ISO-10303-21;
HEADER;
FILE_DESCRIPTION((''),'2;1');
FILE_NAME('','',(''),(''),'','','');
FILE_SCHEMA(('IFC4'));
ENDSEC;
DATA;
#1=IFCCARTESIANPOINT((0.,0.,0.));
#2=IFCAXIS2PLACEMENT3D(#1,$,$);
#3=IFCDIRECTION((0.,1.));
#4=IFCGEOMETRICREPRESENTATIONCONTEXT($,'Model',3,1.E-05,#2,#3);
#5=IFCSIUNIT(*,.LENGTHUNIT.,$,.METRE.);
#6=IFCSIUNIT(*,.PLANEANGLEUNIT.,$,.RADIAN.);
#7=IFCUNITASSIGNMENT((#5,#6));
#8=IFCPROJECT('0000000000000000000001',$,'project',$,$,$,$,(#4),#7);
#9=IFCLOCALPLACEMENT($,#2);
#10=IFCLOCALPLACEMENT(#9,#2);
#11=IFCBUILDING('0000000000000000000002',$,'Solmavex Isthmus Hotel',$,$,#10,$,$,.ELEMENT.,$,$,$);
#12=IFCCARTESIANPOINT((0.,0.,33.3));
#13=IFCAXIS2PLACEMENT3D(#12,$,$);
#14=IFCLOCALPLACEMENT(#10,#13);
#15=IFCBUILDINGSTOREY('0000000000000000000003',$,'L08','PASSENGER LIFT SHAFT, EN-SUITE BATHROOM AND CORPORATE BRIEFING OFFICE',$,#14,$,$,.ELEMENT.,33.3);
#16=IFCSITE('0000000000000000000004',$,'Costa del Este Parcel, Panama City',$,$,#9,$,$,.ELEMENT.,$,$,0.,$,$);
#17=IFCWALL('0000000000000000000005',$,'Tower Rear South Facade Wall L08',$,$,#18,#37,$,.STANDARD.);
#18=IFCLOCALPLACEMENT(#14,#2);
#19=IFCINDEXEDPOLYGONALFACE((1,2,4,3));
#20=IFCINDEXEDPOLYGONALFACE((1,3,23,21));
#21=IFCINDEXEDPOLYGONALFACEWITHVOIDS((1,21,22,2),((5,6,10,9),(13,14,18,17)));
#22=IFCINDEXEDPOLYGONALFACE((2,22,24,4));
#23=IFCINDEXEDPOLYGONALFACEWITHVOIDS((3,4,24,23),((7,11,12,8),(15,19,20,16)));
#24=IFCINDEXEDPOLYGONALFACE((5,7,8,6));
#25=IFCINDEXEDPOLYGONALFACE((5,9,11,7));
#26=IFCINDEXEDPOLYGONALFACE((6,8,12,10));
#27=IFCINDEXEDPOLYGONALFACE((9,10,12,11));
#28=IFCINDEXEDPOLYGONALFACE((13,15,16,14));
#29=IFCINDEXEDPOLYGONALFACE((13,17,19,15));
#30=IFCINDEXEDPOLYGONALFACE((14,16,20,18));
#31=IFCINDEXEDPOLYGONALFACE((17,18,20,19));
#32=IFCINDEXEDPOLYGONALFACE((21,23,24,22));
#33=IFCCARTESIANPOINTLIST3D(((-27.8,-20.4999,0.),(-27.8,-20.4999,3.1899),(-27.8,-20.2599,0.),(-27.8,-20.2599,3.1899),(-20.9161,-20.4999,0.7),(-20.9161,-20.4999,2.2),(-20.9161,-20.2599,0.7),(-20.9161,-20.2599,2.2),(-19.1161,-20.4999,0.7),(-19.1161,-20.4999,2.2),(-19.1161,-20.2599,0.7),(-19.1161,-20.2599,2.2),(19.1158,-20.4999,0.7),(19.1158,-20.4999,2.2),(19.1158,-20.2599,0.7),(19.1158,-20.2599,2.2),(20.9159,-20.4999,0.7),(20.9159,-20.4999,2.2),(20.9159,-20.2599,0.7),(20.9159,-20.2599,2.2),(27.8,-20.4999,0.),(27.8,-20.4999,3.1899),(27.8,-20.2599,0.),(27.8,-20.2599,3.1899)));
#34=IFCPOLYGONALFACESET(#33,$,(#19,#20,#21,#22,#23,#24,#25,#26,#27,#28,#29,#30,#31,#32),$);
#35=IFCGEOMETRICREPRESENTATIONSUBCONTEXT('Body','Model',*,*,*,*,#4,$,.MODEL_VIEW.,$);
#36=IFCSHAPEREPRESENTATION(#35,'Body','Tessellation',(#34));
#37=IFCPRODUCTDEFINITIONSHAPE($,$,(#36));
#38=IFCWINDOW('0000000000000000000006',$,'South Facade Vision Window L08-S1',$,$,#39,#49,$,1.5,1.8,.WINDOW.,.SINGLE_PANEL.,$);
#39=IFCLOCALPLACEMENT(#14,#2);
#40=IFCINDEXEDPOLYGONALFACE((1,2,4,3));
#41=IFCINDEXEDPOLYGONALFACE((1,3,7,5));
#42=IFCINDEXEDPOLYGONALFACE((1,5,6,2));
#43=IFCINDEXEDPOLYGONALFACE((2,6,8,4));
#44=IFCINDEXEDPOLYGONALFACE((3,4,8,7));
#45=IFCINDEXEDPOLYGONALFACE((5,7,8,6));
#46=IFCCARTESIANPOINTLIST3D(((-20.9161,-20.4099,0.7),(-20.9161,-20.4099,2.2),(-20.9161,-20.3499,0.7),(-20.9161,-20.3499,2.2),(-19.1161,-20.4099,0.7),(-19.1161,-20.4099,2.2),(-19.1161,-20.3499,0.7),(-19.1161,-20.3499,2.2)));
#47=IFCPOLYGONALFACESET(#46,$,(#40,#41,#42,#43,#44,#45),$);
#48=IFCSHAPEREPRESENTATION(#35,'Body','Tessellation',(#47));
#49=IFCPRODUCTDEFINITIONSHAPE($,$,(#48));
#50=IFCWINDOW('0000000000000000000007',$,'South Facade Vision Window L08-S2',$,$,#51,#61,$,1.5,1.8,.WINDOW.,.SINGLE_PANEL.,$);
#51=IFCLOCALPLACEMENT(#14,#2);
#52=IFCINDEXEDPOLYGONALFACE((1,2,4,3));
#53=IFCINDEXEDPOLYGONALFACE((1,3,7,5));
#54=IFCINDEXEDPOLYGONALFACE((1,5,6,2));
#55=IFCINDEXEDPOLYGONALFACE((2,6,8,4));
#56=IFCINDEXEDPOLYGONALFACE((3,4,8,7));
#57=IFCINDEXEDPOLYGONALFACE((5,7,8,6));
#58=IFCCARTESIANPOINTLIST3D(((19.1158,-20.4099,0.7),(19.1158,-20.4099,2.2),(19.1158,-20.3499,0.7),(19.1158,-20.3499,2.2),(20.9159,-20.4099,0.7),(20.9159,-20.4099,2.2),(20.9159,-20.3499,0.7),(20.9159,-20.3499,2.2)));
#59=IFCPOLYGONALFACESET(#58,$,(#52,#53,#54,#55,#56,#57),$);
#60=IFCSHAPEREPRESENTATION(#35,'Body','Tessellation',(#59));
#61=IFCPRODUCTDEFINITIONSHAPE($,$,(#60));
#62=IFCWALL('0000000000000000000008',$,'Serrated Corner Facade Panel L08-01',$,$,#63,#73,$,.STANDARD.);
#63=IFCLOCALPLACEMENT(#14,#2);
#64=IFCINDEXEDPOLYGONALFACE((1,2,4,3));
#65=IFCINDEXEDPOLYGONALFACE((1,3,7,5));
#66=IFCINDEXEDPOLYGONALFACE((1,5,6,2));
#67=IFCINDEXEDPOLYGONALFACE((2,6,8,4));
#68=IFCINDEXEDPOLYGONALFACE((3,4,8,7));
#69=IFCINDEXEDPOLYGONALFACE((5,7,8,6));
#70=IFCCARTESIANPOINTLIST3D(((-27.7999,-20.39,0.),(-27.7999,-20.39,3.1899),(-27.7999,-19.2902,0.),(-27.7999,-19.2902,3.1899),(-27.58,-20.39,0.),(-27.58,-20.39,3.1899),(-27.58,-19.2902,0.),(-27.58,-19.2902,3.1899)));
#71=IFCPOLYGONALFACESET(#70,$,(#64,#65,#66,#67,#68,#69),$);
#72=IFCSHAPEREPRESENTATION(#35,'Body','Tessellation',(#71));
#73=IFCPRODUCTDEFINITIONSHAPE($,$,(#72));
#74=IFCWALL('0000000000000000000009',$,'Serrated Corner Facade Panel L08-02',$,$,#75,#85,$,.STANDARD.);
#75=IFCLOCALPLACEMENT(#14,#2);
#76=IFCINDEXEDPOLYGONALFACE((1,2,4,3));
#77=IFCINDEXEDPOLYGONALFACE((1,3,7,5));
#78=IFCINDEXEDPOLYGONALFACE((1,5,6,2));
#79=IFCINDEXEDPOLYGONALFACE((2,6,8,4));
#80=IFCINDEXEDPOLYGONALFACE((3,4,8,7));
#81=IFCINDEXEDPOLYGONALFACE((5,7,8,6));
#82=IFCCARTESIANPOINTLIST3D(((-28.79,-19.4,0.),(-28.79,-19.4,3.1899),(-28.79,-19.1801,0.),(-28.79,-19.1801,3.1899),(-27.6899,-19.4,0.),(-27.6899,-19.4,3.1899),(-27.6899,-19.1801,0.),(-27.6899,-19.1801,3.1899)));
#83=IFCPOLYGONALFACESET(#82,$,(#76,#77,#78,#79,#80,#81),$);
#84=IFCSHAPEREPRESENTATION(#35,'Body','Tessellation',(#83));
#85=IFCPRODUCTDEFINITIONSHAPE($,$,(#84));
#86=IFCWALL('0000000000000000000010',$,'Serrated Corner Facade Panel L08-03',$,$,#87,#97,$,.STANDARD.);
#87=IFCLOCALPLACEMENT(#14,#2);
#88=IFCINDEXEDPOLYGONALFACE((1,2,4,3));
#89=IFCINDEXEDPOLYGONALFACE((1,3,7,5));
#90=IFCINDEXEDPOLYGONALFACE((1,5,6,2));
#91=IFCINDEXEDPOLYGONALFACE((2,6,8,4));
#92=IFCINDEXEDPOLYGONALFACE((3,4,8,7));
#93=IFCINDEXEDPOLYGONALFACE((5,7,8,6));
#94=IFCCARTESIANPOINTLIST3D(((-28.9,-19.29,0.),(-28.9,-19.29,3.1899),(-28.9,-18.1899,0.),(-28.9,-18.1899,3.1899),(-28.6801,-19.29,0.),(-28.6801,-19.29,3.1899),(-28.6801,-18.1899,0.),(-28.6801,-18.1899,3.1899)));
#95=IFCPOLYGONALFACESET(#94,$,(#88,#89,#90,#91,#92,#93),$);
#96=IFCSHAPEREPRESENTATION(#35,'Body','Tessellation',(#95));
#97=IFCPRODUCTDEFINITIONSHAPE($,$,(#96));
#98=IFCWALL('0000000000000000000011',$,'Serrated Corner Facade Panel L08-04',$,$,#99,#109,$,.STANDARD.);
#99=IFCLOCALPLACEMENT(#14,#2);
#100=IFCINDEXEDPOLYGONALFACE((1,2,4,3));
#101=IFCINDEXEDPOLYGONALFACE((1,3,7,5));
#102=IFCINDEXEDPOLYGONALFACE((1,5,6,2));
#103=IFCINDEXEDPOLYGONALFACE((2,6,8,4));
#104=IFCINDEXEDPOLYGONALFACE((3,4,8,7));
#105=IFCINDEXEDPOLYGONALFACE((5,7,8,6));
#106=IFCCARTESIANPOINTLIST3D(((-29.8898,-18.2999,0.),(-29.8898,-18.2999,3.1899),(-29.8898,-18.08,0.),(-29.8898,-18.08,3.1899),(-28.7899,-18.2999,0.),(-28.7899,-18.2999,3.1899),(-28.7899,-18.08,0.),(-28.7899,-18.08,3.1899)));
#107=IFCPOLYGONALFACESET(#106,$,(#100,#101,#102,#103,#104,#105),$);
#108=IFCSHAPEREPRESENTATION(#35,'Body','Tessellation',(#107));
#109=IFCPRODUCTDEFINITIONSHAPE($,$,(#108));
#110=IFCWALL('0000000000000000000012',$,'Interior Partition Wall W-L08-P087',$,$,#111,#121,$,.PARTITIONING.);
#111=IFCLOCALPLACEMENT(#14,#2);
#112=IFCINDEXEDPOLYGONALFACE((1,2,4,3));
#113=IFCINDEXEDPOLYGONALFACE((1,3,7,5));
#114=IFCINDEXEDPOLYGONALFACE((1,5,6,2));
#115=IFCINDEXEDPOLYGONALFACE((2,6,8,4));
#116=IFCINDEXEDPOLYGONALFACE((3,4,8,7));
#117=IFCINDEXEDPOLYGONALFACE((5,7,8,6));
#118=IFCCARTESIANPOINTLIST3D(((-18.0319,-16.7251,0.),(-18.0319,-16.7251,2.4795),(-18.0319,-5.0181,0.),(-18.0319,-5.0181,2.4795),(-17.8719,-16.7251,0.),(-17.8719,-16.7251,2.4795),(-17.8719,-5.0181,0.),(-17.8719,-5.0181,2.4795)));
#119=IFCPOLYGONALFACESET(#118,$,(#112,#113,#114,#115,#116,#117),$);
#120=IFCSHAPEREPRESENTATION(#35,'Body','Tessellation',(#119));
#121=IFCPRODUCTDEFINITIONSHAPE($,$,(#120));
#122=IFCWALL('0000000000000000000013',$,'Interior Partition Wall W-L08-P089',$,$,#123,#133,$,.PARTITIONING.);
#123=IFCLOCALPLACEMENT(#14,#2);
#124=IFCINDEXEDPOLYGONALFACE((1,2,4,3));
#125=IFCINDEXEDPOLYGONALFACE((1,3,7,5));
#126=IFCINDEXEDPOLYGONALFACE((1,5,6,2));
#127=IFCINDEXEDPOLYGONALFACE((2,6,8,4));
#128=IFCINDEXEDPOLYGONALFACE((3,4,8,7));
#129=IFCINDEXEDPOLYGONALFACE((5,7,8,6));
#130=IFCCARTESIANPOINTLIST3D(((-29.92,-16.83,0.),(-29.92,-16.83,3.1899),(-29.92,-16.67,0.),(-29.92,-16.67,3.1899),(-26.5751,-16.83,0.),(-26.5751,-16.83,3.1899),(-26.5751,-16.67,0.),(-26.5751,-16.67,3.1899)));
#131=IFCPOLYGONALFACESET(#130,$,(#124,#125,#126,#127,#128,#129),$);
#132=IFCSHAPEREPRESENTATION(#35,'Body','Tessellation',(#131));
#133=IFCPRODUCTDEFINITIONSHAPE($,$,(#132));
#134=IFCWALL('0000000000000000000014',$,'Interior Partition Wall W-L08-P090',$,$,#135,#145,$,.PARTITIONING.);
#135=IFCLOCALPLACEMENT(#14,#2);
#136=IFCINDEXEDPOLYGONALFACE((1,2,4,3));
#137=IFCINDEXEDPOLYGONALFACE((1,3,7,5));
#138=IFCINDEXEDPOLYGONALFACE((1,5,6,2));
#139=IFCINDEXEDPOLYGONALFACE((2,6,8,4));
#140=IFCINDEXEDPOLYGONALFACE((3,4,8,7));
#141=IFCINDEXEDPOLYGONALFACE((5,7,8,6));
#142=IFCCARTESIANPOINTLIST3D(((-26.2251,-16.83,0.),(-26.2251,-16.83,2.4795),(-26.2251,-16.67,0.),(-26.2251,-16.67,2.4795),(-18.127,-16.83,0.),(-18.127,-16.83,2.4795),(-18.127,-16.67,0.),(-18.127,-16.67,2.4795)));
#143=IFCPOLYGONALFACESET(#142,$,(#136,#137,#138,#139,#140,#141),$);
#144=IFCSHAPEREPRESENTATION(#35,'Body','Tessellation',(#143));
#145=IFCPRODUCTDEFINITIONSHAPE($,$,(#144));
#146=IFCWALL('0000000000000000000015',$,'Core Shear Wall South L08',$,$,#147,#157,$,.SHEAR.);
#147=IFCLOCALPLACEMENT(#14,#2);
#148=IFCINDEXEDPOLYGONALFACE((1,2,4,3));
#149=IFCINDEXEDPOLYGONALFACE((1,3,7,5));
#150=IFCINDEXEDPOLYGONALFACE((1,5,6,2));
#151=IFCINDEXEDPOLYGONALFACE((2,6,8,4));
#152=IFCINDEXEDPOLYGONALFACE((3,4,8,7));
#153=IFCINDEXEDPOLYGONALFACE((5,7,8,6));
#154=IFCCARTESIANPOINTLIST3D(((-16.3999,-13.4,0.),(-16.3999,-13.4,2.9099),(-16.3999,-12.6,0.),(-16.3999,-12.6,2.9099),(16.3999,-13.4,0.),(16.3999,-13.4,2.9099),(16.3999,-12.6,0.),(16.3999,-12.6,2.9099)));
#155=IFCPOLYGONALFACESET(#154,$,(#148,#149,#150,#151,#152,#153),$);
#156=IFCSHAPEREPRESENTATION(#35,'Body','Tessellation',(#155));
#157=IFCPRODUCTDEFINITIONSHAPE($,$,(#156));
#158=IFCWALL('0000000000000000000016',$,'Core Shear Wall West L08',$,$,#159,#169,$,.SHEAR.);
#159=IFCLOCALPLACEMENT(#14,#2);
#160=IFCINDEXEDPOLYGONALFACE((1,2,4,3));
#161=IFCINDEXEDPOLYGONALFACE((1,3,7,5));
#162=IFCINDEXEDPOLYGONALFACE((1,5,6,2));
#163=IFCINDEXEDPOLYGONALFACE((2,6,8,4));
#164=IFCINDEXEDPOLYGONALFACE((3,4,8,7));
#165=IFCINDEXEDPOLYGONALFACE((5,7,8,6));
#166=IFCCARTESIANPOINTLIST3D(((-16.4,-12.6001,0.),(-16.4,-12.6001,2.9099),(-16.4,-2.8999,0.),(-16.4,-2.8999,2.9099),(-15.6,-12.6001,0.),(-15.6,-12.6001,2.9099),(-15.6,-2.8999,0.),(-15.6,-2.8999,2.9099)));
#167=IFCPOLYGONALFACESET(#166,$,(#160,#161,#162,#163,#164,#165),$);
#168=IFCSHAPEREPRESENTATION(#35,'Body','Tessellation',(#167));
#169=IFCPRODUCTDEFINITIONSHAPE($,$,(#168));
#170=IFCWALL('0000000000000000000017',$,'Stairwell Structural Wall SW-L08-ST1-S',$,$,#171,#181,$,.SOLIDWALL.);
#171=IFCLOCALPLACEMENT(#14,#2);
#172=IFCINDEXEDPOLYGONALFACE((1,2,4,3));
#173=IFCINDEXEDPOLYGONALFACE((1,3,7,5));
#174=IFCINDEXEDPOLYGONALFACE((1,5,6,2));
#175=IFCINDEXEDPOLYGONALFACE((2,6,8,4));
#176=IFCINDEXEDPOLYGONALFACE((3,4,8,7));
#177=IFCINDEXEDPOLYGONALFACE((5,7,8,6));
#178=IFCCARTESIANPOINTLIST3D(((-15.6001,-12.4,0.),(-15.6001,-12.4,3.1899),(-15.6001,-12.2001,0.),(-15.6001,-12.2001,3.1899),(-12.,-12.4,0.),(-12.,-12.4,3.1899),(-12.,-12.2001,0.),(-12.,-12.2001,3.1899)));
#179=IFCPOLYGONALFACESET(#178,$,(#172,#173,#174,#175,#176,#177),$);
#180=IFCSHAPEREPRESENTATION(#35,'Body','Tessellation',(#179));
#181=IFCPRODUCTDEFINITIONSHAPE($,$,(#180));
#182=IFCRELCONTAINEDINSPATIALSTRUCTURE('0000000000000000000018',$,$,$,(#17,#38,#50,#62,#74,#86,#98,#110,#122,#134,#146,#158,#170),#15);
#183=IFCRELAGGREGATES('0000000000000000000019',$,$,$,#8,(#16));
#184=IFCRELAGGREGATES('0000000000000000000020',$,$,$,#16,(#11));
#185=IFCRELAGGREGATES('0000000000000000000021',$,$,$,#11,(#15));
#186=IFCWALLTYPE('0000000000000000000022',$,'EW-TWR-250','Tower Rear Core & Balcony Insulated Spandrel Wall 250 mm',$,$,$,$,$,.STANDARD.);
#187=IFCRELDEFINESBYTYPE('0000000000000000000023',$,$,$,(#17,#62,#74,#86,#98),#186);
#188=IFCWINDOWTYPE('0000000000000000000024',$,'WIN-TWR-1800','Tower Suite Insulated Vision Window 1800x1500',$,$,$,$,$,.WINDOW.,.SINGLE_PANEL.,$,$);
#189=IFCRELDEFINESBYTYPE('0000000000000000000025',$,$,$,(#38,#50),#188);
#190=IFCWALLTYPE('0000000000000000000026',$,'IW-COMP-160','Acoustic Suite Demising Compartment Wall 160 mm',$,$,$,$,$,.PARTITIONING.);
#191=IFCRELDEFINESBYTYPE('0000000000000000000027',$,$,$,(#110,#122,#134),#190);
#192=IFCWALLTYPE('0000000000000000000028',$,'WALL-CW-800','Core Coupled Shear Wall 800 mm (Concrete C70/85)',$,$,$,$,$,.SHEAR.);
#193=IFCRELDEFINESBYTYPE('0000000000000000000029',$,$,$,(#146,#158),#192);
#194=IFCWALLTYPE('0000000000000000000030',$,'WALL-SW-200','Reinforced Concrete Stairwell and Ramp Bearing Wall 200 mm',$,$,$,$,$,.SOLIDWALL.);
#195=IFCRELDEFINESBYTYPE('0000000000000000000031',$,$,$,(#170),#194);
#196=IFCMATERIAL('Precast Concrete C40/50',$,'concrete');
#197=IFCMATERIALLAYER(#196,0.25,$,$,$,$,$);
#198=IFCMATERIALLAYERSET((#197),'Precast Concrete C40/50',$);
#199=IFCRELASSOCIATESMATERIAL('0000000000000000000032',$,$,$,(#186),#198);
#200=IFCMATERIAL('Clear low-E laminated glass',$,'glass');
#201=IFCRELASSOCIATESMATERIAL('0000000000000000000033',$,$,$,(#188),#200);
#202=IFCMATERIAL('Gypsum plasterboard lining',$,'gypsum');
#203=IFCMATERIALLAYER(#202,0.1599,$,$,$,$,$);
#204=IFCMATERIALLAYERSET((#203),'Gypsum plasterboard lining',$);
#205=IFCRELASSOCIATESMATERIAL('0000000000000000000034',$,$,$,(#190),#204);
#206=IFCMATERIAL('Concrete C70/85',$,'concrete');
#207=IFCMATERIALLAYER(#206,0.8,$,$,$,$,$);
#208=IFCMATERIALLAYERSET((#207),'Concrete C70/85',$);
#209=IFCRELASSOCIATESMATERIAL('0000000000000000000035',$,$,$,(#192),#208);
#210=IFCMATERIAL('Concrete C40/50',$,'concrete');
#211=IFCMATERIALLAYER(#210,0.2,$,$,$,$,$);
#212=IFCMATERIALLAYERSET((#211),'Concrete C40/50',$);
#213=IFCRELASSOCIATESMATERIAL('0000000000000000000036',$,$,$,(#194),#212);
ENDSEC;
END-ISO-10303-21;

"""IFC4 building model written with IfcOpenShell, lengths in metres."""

from ifc_helpers import new_model, si_unit, direction, frame, frame_2d, origin, place, context, subcontext, project, spatial, rectangle, extrude, material, layer, layer_set, type_object, element, fill, save


model = new_model("IFC4")

# Units and contexts
model_context = context("Model", 3, precision=1e-05, world=origin(), true_north=direction((0.0, 1.0)))
body_context = subcontext(model_context, "Body", "Model", "MODEL_VIEW")
ifc_project = project(units=[si_unit("LENGTHUNIT", "METRE"), si_unit("PLANEANGLEUNIT", "RADIAN")], contexts=[model_context])

# Site, building, storey
site_placement = place(None, origin())
site = spatial("IfcSite", under=ifc_project, at=site_placement, Name="Costa del Este Parcel, Panama City", CompositionType="ELEMENT", RefElevation=0.0)
building_placement = place(site_placement, origin())
building = spatial("IfcBuilding", under=site, at=building_placement, Name="Solmavex Isthmus Hotel", CompositionType="ELEMENT")
storey_placement = place(building_placement, frame((0.0, 0.0, 33.3)))
storey = spatial("IfcBuildingStorey", under=building, at=storey_placement, Name="L08", Description="PASSENGER LIFT SHAFT, EN-SUITE BATHROOM AND CORPORATE BRIEFING OFFICE", CompositionType="ELEMENT", Elevation=33.3)

# Shared definitions
ifc_material_1 = material(Name="Concrete C70/85", Category="concrete")

# Shared definitions
ifc_material_2 = material(Name="Clear low-E laminated glass", Category="glass")

# Wall, openings, windows
ifc_material_3 = material(Name="Precast Concrete C40/50", Category="concrete")
ifc_layer_1 = layer(ifc_material_3, 0.25)
ifc_layer_set_1 = layer_set([ifc_layer_1], Name="Precast Concrete C40/50")
wall_type_1 = type_object("IfcWallType", Name="EW-TWR-250", Description="Tower Rear Core & Balcony Insulated Spandrel Wall 250 mm", PredefinedType="STANDARD", material=ifc_layer_set_1)
wall_1_placement = place(storey_placement, frame((-27.8, -20.3799, 0.0), z_axis=(0.0, 0.0, 1.0), x_axis=(1.0, 0.0, 0.0)))
wall_1 = element("IfcWall", 1, at=wall_1_placement, inside=storey, type_object=wall_type_1, Name="Tower Rear South Facade Wall L08", PredefinedType="STANDARD", context=body_context, shape_type="SweptSolid", body=[
    extrude(rectangle(XDim=55.6001, YDim=0.24, at=frame_2d((27.8, 0.0))), origin(), (0.0, 0.0, 1.0), 3.1899),
])
opening_1_placement = place(wall_1_placement, frame((6.884, 0.0, 0.7)))
opening_1 = element("IfcOpeningElement", 2, at=opening_1_placement, cuts=wall_1, PredefinedType="OPENING", context=body_context, shape_type="SweptSolid", body=[
    extrude(rectangle(XDim=1.8, YDim=1.5, at=frame_2d((0.8999, 0.75))), frame((0.0, 0.1299, 0.0), z_axis=(0.0, -1.0, 0.0), x_axis=(1.0, 0.0, 0.0)), (0.0, 0.0, 1.0), 0.26),
])
opening_2_placement = place(wall_1_placement, frame((46.916, 0.0, 0.7)))
opening_2 = element("IfcOpeningElement", 3, at=opening_2_placement, cuts=wall_1, PredefinedType="OPENING", context=body_context, shape_type="SweptSolid", body=[
    extrude(rectangle(XDim=1.8, YDim=1.5, at=frame_2d((0.8999, 0.75))), frame((0.0, 0.1299, 0.0), z_axis=(0.0, -1.0, 0.0), x_axis=(1.0, 0.0, 0.0)), (0.0, 0.0, 1.0), 0.26),
])
window_type = type_object("IfcWindowType", Name="WIN-TWR-1800", Description="Tower Suite Insulated Vision Window 1800x1500", PartitioningType="SINGLE_PANEL", PredefinedType="WINDOW", material=ifc_material_2)
window_1_placement = place(opening_1_placement, origin())
window_1 = element("IfcWindow", 4, at=window_1_placement, inside=storey, type_object=window_type, Name="South Facade Vision Window L08-S1", OverallHeight=1.5, OverallWidth=1.8, PartitioningType="SINGLE_PANEL", PredefinedType="WINDOW", context=body_context, shape_type="SweptSolid", body=[
    extrude(rectangle(XDim=1.8, YDim=1.5, at=frame_2d((0.8999, 0.75))), frame((0.0, 0.03, 0.0), z_axis=(0.0, -1.0, 0.0), x_axis=(1.0, 0.0, 0.0)), (0.0, 0.0, 1.0), 0.0601),
])
fill(opening_1, window_1)
window_2_placement = place(opening_2_placement, origin())
window_2 = element("IfcWindow", 5, at=window_2_placement, inside=storey, type_object=window_type, Name="South Facade Vision Window L08-S2", OverallHeight=1.5, OverallWidth=1.8, PartitioningType="SINGLE_PANEL", PredefinedType="WINDOW", context=body_context, shape_type="SweptSolid", body=[
    extrude(rectangle(XDim=1.8, YDim=1.5, at=frame_2d((0.8999, 0.75))), frame((0.0, 0.03, 0.0), z_axis=(0.0, -1.0, 0.0), x_axis=(1.0, 0.0, 0.0)), (0.0, 0.0, 1.0), 0.0601),
])
fill(opening_2, window_2)

# Walls
wall_2_placement = place(storey_placement, frame((-27.6899, -20.3899, 0.0), z_axis=(0.0, 0.0, 1.0), x_axis=(0.0, 1.0, 0.0)))
element("IfcWall", 6, at=wall_2_placement, inside=storey, type_object=wall_type_1, Name="Serrated Corner Facade Panel L08-01", PredefinedType="STANDARD", context=body_context, shape_type="SweptSolid", body=[
    extrude(rectangle(XDim=1.0999, YDim=0.22, at=frame_2d((0.5498, 0.0))), origin(), (0.0, 0.0, 1.0), 3.1899),
])
for number, where, z_axis, x_axis, name in (
    (7, (-27.6899, -19.29, 0.0), (0.0, 0.0, 1.0), (-1.0, 0.0, 0.0), "Serrated Corner Facade Panel L08-02"),
    (8, (-28.79, -19.29, 0.0), (0.0, 0.0, 1.0), (0.0, 1.0, 0.0), "Serrated Corner Facade Panel L08-03"),
):
    element("IfcWall", number, at=place(storey_placement, frame(where, z_axis=z_axis, x_axis=x_axis)), inside=storey, type_object=wall_type_1, Name=name, PredefinedType="STANDARD", context=body_context, shape_type="SweptSolid", body=[
        extrude(rectangle(XDim=1.1001, YDim=0.22, at=frame_2d((0.55, 0.0))), origin(), (0.0, 0.0, 1.0), 3.1899),
    ])
wall_3_placement = place(storey_placement, frame((-28.79, -18.1899, 0.0), z_axis=(0.0, 0.0, 1.0), x_axis=(-1.0, 0.0, 0.0)))
element("IfcWall", 9, at=wall_3_placement, inside=storey, type_object=wall_type_1, Name="Serrated Corner Facade Panel L08-04", PredefinedType="STANDARD", context=body_context, shape_type="SweptSolid", body=[
    extrude(rectangle(XDim=1.0999, YDim=0.22, at=frame_2d((0.5498, 0.0))), origin(), (0.0, 0.0, 1.0), 3.1899),
])
ifc_material_4 = material(Name="Gypsum plasterboard lining", Category="gypsum")
ifc_layer_2 = layer(ifc_material_4, 0.1599)
ifc_layer_set_2 = layer_set([ifc_layer_2], Name="Gypsum plasterboard lining")
wall_type_2 = type_object("IfcWallType", Name="IW-COMP-160", Description="Acoustic Suite Demising Compartment Wall 160 mm", PredefinedType="PARTITIONING", material=ifc_layer_set_2)
wall_4_placement = place(storey_placement, frame((-17.9519, -16.7251, 0.0), z_axis=(0.0, 0.0, 1.0), x_axis=(0.0, 1.0, 0.0)))
element("IfcWall", 10, at=wall_4_placement, inside=storey, type_object=wall_type_2, Name="Interior Partition Wall W-L08-P087", PredefinedType="PARTITIONING", context=body_context, shape_type="SweptSolid", body=[
    extrude(rectangle(XDim=11.707, YDim=0.1599, at=frame_2d((5.8535, 0.0))), origin(), (0.0, 0.0, 1.0), 2.4795),
])
wall_5_placement = place(storey_placement, frame((-29.9199, -16.75, 0.0), z_axis=(0.0, 0.0, 1.0), x_axis=(1.0, 0.0, 0.0)))
element("IfcWall", 11, at=wall_5_placement, inside=storey, type_object=wall_type_2, Name="Interior Partition Wall W-L08-P089", PredefinedType="PARTITIONING", context=body_context, shape_type="SweptSolid", body=[
    extrude(rectangle(XDim=3.345, YDim=0.1599, at=frame_2d((1.6724, 0.0))), origin(), (0.0, 0.0, 1.0), 3.1899),
])
wall_6_placement = place(storey_placement, frame((-26.2251, -16.75, 0.0), z_axis=(0.0, 0.0, 1.0), x_axis=(1.0, 0.0, 0.0)))
element("IfcWall", 12, at=wall_6_placement, inside=storey, type_object=wall_type_2, Name="Interior Partition Wall W-L08-P090", PredefinedType="PARTITIONING", context=body_context, shape_type="SweptSolid", body=[
    extrude(rectangle(XDim=8.0981, YDim=0.1599, at=frame_2d((4.0491, 0.0))), origin(), (0.0, 0.0, 1.0), 2.4795),
])
ifc_layer_3 = layer(ifc_material_1, 0.8)
ifc_layer_set_3 = layer_set([ifc_layer_3], Name="Concrete C70/85")
wall_type_3 = type_object("IfcWallType", Name="WALL-CW-800", Description="Core Coupled Shear Wall 800 mm (Concrete C70/85)", PredefinedType="SHEAR", material=ifc_layer_set_3)
wall_7_placement = place(storey_placement, frame((-16.3999, -13.0, 0.0), z_axis=(0.0, 0.0, 1.0), x_axis=(1.0, 0.0, 0.0)))
element("IfcWall", 13, at=wall_7_placement, inside=storey, type_object=wall_type_3, Name="Core Shear Wall South L08", PredefinedType="SHEAR", context=body_context, shape_type="SweptSolid", body=[
    extrude(rectangle(XDim=32.7998, YDim=0.8, at=frame_2d((16.3999, 0.0))), origin(), (0.0, 0.0, 1.0), 2.9099),
])
wall_8_placement = place(storey_placement, frame((-16.0, -12.6001, 0.0), z_axis=(0.0, 0.0, 1.0), x_axis=(0.0, 1.0, 0.0)))
element("IfcWall", 14, at=wall_8_placement, inside=storey, type_object=wall_type_3, Name="Core Shear Wall West L08", PredefinedType="SHEAR", context=body_context, shape_type="SweptSolid", body=[
    extrude(rectangle(XDim=9.7002, YDim=0.8, at=frame_2d((4.8501, 0.0))), origin(), (0.0, 0.0, 1.0), 2.9099),
])
ifc_material_5 = material(Name="Concrete C40/50", Category="concrete")
ifc_layer_4 = layer(ifc_material_5, 0.2)
ifc_layer_set_4 = layer_set([ifc_layer_4], Name="Concrete C40/50")
wall_type_4 = type_object("IfcWallType", Name="WALL-SW-200", Description="Reinforced Concrete Stairwell and Ramp Bearing Wall 200 mm", PredefinedType="SOLIDWALL", material=ifc_layer_set_4)
wall_9_placement = place(storey_placement, frame((-15.6001, -12.3, 0.0), z_axis=(0.0, 0.0, 1.0), x_axis=(1.0, 0.0, 0.0)))
element("IfcWall", 15, at=wall_9_placement, inside=storey, type_object=wall_type_4, Name="Stairwell Structural Wall SW-L08-ST1-S", PredefinedType="SOLIDWALL", context=body_context, shape_type="SweptSolid", body=[
    extrude(rectangle(XDim=3.6001, YDim=0.2, at=frame_2d((1.8, 0.0))), origin(), (0.0, 0.0, 1.0), 3.1899),
])

save(model, "model.ifc")
